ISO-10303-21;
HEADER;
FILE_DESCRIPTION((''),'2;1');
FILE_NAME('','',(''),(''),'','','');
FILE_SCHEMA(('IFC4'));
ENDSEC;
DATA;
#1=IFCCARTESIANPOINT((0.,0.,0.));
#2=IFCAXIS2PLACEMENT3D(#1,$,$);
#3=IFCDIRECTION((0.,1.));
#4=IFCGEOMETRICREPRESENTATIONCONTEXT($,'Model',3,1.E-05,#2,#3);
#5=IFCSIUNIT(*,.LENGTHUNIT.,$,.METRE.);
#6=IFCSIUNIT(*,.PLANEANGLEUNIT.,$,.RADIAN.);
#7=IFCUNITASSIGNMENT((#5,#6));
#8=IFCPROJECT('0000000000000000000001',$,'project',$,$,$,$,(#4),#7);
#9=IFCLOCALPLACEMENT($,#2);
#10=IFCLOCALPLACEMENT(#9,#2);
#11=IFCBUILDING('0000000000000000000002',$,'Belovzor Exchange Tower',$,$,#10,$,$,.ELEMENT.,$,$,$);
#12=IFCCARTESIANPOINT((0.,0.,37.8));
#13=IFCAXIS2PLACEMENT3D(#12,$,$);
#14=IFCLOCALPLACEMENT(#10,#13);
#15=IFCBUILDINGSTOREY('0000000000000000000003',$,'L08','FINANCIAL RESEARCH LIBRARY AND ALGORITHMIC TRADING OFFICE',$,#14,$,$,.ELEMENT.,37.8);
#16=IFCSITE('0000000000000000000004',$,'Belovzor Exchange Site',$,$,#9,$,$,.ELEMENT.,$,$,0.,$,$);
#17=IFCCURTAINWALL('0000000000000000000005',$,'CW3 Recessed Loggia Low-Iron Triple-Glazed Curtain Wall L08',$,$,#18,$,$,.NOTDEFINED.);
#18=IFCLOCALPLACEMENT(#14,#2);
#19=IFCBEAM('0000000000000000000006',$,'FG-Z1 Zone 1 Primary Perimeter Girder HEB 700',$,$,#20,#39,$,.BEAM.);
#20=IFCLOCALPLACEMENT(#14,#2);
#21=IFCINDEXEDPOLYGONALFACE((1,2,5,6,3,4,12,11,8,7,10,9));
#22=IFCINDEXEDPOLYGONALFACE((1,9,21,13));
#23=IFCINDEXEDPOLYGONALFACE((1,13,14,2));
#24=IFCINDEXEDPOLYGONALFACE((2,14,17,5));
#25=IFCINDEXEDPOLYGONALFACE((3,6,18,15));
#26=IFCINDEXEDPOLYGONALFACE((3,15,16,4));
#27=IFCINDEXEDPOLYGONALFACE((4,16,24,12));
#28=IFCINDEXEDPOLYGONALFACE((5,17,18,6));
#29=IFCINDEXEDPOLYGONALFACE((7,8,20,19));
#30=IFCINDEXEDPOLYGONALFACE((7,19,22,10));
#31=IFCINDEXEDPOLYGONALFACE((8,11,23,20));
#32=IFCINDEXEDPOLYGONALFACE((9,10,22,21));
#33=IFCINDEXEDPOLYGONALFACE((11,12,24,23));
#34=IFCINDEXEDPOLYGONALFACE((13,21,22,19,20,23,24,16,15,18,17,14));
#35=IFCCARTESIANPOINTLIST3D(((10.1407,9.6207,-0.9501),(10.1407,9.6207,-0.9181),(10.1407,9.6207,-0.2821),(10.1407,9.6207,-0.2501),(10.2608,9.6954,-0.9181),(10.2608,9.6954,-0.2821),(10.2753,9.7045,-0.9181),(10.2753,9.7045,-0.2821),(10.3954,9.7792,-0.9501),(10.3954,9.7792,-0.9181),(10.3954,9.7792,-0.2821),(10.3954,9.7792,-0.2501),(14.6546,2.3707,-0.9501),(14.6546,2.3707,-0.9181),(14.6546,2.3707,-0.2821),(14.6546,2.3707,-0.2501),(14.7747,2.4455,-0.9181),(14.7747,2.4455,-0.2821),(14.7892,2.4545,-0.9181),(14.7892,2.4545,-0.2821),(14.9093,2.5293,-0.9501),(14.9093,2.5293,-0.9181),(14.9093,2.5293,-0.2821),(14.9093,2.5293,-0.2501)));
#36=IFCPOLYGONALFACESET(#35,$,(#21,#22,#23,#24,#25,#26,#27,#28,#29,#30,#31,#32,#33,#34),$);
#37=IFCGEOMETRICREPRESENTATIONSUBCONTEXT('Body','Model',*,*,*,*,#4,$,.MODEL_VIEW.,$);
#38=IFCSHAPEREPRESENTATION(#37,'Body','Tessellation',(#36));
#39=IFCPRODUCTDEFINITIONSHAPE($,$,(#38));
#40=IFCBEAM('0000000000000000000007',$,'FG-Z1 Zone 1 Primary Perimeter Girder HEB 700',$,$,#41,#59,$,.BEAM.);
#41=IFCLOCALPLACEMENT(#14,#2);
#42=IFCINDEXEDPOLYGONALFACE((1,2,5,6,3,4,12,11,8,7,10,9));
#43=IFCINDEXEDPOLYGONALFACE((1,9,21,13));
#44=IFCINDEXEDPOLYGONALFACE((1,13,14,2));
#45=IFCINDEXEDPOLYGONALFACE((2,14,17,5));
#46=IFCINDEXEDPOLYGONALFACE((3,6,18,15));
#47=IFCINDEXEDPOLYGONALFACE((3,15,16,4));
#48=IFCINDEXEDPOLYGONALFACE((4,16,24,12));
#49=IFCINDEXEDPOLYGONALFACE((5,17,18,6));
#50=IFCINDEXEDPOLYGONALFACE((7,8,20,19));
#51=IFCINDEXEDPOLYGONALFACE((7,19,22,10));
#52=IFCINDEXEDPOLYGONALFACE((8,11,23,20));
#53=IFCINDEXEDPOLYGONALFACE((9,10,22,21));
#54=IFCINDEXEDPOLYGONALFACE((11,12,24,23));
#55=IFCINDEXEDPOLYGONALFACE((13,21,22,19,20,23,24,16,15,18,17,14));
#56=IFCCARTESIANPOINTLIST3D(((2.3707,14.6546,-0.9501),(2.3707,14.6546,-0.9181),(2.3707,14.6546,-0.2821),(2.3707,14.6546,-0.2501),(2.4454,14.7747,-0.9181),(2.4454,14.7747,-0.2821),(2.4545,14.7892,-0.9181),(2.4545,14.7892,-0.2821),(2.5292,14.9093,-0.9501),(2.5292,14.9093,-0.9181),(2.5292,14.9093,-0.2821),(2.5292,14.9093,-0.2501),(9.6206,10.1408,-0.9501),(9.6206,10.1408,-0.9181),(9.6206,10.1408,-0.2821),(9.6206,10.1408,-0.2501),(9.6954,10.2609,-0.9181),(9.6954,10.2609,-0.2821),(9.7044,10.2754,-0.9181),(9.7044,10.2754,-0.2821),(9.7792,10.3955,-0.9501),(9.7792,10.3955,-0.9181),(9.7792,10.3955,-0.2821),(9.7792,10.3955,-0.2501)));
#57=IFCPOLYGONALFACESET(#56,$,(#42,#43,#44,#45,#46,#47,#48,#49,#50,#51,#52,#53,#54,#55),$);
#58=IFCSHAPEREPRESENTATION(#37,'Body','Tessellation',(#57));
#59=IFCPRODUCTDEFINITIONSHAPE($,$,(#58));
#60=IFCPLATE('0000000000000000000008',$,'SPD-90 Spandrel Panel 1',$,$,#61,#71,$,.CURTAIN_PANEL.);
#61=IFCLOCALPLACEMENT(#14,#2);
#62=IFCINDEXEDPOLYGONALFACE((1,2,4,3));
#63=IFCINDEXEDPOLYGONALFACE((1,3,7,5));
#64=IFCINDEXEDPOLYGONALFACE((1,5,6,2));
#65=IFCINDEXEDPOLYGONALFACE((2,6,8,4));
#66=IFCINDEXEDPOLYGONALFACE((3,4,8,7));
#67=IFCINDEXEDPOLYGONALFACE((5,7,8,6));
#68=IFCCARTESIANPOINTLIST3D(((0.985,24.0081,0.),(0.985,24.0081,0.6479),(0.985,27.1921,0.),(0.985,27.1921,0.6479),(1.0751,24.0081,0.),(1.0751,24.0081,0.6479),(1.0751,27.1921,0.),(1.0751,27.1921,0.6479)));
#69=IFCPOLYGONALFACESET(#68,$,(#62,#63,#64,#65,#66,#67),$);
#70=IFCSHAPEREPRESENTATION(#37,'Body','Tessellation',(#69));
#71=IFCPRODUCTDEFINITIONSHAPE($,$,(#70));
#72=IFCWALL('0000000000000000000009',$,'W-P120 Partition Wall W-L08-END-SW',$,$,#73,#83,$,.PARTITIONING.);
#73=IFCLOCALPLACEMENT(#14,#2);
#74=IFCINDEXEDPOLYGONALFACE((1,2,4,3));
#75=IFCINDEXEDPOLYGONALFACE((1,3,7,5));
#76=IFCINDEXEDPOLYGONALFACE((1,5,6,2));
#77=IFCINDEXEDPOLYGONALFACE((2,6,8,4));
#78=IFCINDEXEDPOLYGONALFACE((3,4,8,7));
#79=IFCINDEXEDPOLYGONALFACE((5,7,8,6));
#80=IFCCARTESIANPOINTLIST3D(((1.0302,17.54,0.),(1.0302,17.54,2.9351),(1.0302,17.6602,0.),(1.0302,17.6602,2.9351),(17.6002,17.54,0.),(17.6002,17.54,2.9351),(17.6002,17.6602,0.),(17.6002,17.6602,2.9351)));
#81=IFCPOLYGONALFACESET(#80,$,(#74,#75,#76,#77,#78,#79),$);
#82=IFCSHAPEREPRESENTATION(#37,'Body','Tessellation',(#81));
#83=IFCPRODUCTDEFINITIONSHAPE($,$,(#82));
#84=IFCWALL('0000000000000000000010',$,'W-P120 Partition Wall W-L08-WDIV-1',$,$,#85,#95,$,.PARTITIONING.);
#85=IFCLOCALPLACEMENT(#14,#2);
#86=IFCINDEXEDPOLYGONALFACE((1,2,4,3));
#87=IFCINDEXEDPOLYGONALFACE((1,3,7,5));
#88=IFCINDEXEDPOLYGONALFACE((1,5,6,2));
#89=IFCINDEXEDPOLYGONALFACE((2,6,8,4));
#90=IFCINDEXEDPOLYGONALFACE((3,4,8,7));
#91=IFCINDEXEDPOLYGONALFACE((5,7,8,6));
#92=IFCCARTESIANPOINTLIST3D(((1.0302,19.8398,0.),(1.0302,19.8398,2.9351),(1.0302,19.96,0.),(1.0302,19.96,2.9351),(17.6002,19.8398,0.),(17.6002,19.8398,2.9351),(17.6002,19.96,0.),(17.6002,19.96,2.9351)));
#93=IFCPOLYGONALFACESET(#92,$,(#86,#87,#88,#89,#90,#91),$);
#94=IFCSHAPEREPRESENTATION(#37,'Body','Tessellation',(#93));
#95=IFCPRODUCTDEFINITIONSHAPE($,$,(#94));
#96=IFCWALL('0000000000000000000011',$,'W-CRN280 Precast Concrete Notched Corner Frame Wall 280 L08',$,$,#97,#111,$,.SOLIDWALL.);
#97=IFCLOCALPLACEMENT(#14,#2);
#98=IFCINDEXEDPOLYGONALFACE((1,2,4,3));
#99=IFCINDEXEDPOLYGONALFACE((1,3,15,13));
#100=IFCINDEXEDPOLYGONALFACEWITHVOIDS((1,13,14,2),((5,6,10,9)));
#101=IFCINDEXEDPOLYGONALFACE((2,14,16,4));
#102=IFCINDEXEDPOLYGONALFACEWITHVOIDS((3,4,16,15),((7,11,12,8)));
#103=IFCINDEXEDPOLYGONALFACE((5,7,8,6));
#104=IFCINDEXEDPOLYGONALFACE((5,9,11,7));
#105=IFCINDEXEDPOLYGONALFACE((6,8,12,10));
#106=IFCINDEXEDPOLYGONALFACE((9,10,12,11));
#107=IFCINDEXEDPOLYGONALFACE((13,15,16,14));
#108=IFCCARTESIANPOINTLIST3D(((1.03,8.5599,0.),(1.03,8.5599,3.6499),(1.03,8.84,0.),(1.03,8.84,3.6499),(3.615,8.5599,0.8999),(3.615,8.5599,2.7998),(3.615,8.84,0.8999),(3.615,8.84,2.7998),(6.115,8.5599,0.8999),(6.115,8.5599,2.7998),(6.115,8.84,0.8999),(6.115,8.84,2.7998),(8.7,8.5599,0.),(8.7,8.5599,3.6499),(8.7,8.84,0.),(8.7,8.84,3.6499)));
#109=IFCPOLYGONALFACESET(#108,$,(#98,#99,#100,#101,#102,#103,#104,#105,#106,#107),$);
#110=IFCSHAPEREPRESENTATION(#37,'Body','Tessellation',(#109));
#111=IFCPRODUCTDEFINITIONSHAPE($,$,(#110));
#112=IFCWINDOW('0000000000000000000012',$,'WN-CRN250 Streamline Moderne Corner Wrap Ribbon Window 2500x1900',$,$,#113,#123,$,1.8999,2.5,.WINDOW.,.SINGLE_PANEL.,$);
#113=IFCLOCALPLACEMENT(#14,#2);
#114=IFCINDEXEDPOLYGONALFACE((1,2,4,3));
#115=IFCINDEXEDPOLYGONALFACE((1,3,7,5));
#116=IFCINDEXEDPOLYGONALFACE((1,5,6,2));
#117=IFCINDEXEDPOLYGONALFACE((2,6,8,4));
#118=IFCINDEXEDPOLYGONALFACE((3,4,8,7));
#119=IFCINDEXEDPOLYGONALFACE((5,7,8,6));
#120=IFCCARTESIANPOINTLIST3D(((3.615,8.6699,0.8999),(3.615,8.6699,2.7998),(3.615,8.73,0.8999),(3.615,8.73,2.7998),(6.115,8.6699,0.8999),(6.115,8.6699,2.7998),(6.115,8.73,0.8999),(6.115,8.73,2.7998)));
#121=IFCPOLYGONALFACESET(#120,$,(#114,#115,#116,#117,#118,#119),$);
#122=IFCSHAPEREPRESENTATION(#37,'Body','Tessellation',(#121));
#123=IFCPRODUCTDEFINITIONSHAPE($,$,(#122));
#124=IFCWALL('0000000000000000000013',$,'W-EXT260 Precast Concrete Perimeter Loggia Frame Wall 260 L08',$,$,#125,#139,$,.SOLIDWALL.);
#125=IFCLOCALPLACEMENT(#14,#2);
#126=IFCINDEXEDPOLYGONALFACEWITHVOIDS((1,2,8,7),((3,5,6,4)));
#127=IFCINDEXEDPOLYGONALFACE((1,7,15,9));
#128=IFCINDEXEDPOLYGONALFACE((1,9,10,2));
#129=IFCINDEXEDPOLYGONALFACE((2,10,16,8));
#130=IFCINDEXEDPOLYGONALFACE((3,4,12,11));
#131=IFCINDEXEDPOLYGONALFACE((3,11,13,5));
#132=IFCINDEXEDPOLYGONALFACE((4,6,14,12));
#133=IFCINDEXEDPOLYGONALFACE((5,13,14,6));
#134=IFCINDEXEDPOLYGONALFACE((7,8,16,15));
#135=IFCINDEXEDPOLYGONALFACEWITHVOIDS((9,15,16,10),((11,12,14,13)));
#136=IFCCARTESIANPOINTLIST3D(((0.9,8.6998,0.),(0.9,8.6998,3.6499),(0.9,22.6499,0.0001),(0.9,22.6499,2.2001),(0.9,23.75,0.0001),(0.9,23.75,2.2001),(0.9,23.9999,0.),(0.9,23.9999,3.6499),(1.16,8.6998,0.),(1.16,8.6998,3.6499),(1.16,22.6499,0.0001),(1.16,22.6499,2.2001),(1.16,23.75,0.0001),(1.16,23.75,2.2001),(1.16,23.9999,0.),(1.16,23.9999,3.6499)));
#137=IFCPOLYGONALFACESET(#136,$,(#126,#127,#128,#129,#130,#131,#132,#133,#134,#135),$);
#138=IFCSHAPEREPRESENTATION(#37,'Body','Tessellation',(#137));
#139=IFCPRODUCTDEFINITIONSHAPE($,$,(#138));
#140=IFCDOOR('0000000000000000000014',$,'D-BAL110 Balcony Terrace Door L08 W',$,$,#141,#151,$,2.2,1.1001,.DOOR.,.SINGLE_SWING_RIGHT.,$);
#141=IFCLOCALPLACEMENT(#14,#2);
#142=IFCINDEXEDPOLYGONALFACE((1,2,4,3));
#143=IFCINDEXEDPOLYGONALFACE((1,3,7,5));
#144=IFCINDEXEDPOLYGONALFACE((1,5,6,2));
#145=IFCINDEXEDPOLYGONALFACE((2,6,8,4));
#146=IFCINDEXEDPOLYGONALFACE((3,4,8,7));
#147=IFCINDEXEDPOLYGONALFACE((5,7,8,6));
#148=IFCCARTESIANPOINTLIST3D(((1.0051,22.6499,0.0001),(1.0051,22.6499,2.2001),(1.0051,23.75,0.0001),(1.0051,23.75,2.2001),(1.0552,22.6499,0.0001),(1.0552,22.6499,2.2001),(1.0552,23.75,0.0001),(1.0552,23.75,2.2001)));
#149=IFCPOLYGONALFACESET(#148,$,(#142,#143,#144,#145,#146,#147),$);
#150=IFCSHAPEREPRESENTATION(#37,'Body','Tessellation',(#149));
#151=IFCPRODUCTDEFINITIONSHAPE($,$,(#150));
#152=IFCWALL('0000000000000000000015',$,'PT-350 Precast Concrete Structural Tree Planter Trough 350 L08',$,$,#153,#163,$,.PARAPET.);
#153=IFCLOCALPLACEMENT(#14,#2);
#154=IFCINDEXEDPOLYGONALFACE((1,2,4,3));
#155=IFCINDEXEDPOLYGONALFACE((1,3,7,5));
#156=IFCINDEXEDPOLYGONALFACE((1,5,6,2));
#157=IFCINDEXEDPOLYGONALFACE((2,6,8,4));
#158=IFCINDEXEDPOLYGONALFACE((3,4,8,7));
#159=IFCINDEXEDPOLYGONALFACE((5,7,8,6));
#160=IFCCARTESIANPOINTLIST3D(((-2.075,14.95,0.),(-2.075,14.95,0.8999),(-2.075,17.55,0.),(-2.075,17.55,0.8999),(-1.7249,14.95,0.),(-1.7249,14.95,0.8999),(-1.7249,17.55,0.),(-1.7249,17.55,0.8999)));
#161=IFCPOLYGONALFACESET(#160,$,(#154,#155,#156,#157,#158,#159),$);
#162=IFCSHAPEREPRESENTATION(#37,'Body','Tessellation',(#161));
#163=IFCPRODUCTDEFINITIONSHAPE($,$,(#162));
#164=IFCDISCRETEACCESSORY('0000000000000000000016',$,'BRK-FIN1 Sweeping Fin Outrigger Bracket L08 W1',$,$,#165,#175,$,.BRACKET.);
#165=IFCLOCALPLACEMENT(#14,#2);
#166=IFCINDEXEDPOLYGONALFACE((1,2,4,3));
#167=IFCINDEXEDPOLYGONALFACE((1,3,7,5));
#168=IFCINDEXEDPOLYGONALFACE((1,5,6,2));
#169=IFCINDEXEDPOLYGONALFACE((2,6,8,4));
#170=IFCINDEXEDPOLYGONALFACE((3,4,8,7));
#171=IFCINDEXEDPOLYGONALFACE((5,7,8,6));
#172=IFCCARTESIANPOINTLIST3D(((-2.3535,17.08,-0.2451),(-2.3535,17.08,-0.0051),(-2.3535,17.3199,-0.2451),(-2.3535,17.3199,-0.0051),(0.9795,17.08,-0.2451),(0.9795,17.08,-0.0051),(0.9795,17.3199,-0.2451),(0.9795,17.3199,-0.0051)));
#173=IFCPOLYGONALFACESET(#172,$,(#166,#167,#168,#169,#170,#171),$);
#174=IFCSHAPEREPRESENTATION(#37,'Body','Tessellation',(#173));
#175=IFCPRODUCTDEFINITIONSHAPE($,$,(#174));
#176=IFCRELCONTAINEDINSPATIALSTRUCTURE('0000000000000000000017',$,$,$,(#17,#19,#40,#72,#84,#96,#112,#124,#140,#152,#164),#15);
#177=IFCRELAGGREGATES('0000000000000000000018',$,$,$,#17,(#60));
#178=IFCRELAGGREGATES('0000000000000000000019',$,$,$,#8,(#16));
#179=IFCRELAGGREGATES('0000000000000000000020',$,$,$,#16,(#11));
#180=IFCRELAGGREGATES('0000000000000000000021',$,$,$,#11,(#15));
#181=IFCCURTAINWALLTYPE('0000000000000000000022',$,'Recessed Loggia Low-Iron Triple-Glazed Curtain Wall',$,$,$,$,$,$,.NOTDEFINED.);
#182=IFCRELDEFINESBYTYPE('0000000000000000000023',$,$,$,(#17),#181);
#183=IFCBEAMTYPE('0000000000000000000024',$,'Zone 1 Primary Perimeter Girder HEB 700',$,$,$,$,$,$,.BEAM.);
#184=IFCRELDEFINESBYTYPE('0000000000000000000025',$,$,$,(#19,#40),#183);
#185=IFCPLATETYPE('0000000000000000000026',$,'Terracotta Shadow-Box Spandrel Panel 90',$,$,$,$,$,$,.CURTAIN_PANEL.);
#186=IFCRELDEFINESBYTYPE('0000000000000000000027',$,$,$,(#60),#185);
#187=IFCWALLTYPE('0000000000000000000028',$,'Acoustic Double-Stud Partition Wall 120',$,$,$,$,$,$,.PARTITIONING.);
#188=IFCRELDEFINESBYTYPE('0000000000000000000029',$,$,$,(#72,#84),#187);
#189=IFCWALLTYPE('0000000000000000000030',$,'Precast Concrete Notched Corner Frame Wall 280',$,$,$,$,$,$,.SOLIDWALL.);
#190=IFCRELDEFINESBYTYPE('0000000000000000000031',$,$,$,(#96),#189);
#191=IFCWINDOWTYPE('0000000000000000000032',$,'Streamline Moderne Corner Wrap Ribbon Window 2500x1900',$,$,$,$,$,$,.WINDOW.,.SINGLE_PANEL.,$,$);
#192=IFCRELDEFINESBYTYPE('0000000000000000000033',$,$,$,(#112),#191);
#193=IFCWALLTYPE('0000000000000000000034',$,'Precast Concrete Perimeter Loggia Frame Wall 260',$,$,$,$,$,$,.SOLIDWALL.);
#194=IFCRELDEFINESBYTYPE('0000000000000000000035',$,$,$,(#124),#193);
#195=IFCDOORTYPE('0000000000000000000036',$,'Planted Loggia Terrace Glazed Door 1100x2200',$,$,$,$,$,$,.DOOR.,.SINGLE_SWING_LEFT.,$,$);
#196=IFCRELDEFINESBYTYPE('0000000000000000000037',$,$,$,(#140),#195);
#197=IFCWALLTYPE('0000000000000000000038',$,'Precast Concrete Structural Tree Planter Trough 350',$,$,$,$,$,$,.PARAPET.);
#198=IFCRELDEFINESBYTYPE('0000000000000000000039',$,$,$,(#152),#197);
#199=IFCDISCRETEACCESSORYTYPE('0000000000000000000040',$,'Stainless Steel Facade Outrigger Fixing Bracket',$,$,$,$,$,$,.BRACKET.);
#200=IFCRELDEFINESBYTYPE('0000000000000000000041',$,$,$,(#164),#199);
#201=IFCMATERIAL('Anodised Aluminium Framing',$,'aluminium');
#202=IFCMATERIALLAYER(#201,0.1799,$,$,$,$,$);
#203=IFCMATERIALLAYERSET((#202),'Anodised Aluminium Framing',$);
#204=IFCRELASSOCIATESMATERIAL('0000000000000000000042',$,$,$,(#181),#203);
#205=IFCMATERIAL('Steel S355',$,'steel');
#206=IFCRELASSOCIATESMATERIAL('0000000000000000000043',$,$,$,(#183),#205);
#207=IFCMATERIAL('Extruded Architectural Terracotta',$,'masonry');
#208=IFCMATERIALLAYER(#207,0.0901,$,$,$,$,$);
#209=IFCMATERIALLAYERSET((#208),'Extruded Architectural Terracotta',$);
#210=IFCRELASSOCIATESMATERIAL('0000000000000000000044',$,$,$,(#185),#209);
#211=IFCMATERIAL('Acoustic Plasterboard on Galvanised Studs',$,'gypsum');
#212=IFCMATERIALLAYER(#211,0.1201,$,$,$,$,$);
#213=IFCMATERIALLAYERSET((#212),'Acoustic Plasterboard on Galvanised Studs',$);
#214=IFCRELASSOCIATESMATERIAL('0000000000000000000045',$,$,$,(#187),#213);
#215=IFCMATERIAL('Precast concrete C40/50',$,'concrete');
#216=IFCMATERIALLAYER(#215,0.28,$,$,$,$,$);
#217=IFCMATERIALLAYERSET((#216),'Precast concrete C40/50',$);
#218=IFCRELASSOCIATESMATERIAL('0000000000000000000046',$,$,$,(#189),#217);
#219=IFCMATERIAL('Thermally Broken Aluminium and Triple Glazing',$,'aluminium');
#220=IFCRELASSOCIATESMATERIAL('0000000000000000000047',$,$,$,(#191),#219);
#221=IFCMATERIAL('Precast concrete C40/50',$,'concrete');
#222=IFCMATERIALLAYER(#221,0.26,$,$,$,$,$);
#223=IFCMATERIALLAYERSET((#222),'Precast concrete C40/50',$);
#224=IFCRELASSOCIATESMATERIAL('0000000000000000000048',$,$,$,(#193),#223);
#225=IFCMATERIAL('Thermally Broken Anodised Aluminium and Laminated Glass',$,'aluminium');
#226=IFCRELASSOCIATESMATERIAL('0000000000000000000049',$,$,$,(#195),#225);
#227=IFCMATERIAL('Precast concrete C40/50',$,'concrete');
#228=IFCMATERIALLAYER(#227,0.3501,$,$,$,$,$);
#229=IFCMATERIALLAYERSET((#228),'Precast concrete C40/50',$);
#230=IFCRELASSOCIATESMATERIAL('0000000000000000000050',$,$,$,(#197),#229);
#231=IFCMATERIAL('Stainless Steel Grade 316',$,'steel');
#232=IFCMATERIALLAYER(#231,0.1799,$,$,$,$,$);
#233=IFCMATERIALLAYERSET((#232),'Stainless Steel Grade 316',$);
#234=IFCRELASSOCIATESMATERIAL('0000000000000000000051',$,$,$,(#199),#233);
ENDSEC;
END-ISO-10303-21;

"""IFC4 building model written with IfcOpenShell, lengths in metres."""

from ifc_helpers import new_model, si_unit, direction, frame, frame_2d, origin, origin_2d, place, context, subcontext, project, spatial, rectangle, i_section, extrude, material, layer, layer_set, material_profile, profile_set, type_object, element, fill, aggregate, save


model = new_model("IFC4")

# Units and contexts
model_context = context("Model", 3, precision=1e-05, world=origin(), true_north=direction((0.0, 1.0)))
body_context = subcontext(model_context, "Body", "Model", "MODEL_VIEW")
ifc_project = project(units=[si_unit("LENGTHUNIT", "METRE"), si_unit("PLANEANGLEUNIT", "RADIAN")], contexts=[model_context])

# Site, building, storey
site_placement = place(None, origin())
site = spatial("IfcSite", under=ifc_project, at=site_placement, Name="Belovzor Exchange Site", CompositionType="ELEMENT", RefElevation=0.0)
building_placement = place(site_placement, origin())
building = spatial("IfcBuilding", under=site, at=building_placement, Name="Belovzor Exchange Tower", CompositionType="ELEMENT")
storey_placement = place(building_placement, frame((0.0, 0.0, 37.8)))
storey = spatial("IfcBuildingStorey", under=building, at=storey_placement, Name="L08", Description="FINANCIAL RESEARCH LIBRARY AND ALGORITHMIC TRADING OFFICE", CompositionType="ELEMENT", Elevation=37.8)

# Curtain wall
ifc_material_1 = material(Name="Anodised Aluminium Framing", Category="aluminium")
ifc_layer_1 = layer(ifc_material_1, 0.1799)
ifc_layer_set_1 = layer_set([ifc_layer_1], Name="Anodised Aluminium Framing")
curtain_wall_type = type_object("IfcCurtainWallType", Name="Recessed Loggia Low-Iron Triple-Glazed Curtain Wall", PredefinedType="NOTDEFINED", material=ifc_layer_set_1)
curtain_wall_placement = place(storey_placement, origin())
curtain_wall = element("IfcCurtainWall", 1, at=curtain_wall_placement, inside=storey, type_object=curtain_wall_type, Name="CW3 Recessed Loggia Low-Iron Triple-Glazed Curtain Wall L08", PredefinedType="NOTDEFINED")

# Beams
ifc_material_2 = material(Name="Steel S355", Category="steel")
ifc_material_profile_1 = material_profile(ifc_material_2, i_section(OverallWidth=0.3, OverallDepth=0.7, WebThickness=0.0171, FlangeThickness=0.032, at=origin_2d()))
ifc_profile_set_1 = profile_set([ifc_material_profile_1], Name="Steel S355")
beam_type_1 = type_object("IfcBeamType", Name="Zone 1 Primary Perimeter Girder HEB 700", PredefinedType="BEAM", material=ifc_profile_set_1)
for number, where, z_axis, x_axis, name in (
    (2, (10.2681, 9.7, -0.6001), (0.528539, -0.848909, 0.0), (0.848909, 0.528539, 0.0), "FG-Z1 Zone 1 Primary Perimeter Girder HEB 700"),
    (3, (2.45, 14.782, -0.6001), (0.848909, -0.528539, 0.0), (0.528539, 0.848909, 0.0), "FG-Z1 Zone 1 Primary Perimeter Girder HEB 700"),
):
    element("IfcBeam", number, at=place(storey_placement, frame(where, z_axis=z_axis, x_axis=x_axis)), inside=storey, type_object=beam_type_1, Name=name, PredefinedType="BEAM", context=body_context, shape_type="SweptSolid", body=[
        extrude(i_section(OverallWidth=0.3, OverallDepth=0.7, WebThickness=0.0171, FlangeThickness=0.032, at=origin_2d()), origin(), (0.0, 0.0, 1.0), 8.5403),
    ])

# Plate
ifc_material_3 = material(Name="Extruded Architectural Terracotta", Category="masonry")
ifc_layer_2 = layer(ifc_material_3, 0.0901)
ifc_layer_set_2 = layer_set([ifc_layer_2], Name="Extruded Architectural Terracotta")
plate_type = type_object("IfcPlateType", Name="Terracotta Shadow-Box Spandrel Panel 90", PredefinedType="CURTAIN_PANEL", material=ifc_layer_set_2)
plate_placement = place(storey_placement, frame((1.03, 25.6001, 0.0), z_axis=(0.0, 0.0, 1.0), x_axis=(0.0, 1.0, 0.0)))
plate = element("IfcPlate", 4, at=plate_placement, type_object=plate_type, Name="SPD-90 Spandrel Panel 1", PredefinedType="CURTAIN_PANEL", context=body_context, shape_type="SweptSolid", body=[
    extrude(rectangle(XDim=3.1841, YDim=0.0901, at=origin_2d()), origin(), (0.0, 0.0, 1.0), 0.6479),
])
aggregate(curtain_wall, [plate])

# Walls
ifc_material_4 = material(Name="Acoustic Plasterboard on Galvanised Studs", Category="gypsum")
ifc_layer_3 = layer(ifc_material_4, 0.1201)
ifc_layer_set_3 = layer_set([ifc_layer_3], Name="Acoustic Plasterboard on Galvanised Studs")
wall_type_1 = type_object("IfcWallType", Name="Acoustic Double-Stud Partition Wall 120", PredefinedType="PARTITIONING", material=ifc_layer_set_3)
for number, where, z_axis, x_axis, name in (
    (5, (1.03, 17.6001, 0.0), (0.0, 0.0, 1.0), (1.0, 0.0, 0.0), "W-P120 Partition Wall W-L08-END-SW"),
    (6, (1.03, 19.8999, 0.0), (0.0, 0.0, 1.0), (1.0, 0.0, 0.0), "W-P120 Partition Wall W-L08-WDIV-1"),
):
    element("IfcWall", number, at=place(storey_placement, frame(where, z_axis=z_axis, x_axis=x_axis)), inside=storey, type_object=wall_type_1, Name=name, PredefinedType="PARTITIONING", context=body_context, shape_type="SweptSolid", body=[
        extrude(rectangle(XDim=16.5701, YDim=0.1201, at=frame_2d((8.2852, 0.0))), origin(), (0.0, 0.0, 1.0), 2.9351),
    ])

# Wall, opening, window
ifc_material_5 = material(Name="Precast concrete C40/50", Category="concrete")
ifc_layer_4 = layer(ifc_material_5, 0.28)
ifc_layer_set_4 = layer_set([ifc_layer_4], Name="Precast concrete C40/50")
wall_type_2 = type_object("IfcWallType", Name="Precast Concrete Notched Corner Frame Wall 280", PredefinedType="SOLIDWALL", material=ifc_layer_set_4)
wall_1_placement = place(storey_placement, frame((8.7, 8.7, 0.0), z_axis=(0.0, 0.0, 1.0), x_axis=(-1.0, 0.0, 0.0)))
wall_1 = element("IfcWall", 7, at=wall_1_placement, inside=storey, type_object=wall_type_2, Name="W-CRN280 Precast Concrete Notched Corner Frame Wall 280 L08", PredefinedType="SOLIDWALL", context=body_context, shape_type="SweptSolid", body=[
    extrude(rectangle(XDim=7.6699, YDim=0.28, at=frame_2d((3.835, 0.0))), origin(), (0.0, 0.0, 1.0), 3.6499),
])
opening_1_placement = place(wall_1_placement, frame((2.585, 0.0, 0.8999)))
opening_1 = element("IfcOpeningElement", 8, at=opening_1_placement, cuts=wall_1, PredefinedType="OPENING", context=body_context, shape_type="SweptSolid", body=[
    extrude(rectangle(XDim=2.5, YDim=1.8999, at=frame_2d((1.25, 0.95))), frame((0.0, 0.1499, 0.0), z_axis=(0.0, -1.0, 0.0), x_axis=(1.0, 0.0, 0.0)), (0.0, 0.0, 1.0), 0.3),
])
ifc_material_6 = material(Name="Thermally Broken Aluminium and Triple Glazing", Category="aluminium")
window_type = type_object("IfcWindowType", Name="Streamline Moderne Corner Wrap Ribbon Window 2500x1900", PartitioningType="SINGLE_PANEL", PredefinedType="WINDOW", material=ifc_material_6)
window_placement = place(opening_1_placement, origin())
window = element("IfcWindow", 9, at=window_placement, inside=storey, type_object=window_type, Name="WN-CRN250 Streamline Moderne Corner Wrap Ribbon Window 2500x1900", OverallHeight=1.8999, OverallWidth=2.5, PartitioningType="SINGLE_PANEL", PredefinedType="WINDOW", context=body_context, shape_type="SweptSolid", body=[
    extrude(rectangle(XDim=2.5, YDim=1.8999, at=frame_2d((1.25, 0.95))), frame((0.0, 0.03, 0.0), z_axis=(0.0, -1.0, 0.0), x_axis=(1.0, 0.0, 0.0)), (0.0, 0.0, 1.0), 0.0601),
])
fill(opening_1, window)

# Wall, opening, door
ifc_material_7 = material(Name="Precast concrete C40/50", Category="concrete")
ifc_layer_5 = layer(ifc_material_7, 0.26)
ifc_layer_set_5 = layer_set([ifc_layer_5], Name="Precast concrete C40/50")
wall_type_3 = type_object("IfcWallType", Name="Precast Concrete Perimeter Loggia Frame Wall 260", PredefinedType="SOLIDWALL", material=ifc_layer_set_5)
wall_2_placement = place(storey_placement, frame((1.03, 8.7, 0.0), z_axis=(0.0, 0.0, 1.0), x_axis=(0.0, 1.0, 0.0)))
wall_2 = element("IfcWall", 10, at=wall_2_placement, inside=storey, type_object=wall_type_3, Name="W-EXT260 Precast Concrete Perimeter Loggia Frame Wall 260 L08", PredefinedType="SOLIDWALL", context=body_context, shape_type="SweptSolid", body=[
    extrude(rectangle(XDim=15.3, YDim=0.26, at=frame_2d((7.6499, 0.0))), origin(), (0.0, 0.0, 1.0), 3.6499),
])
opening_2_placement = place(wall_2_placement, frame((13.95, 0.0, 0.0)))
opening_2 = element("IfcOpeningElement", 11, at=opening_2_placement, cuts=wall_2, PredefinedType="OPENING", context=body_context, shape_type="SweptSolid", body=[
    extrude(rectangle(XDim=1.1001, YDim=2.2, at=frame_2d((0.55, 1.1001))), frame((0.0, 0.1399, 0.0), z_axis=(0.0, -1.0, 0.0), x_axis=(1.0, 0.0, 0.0)), (0.0, 0.0, 1.0), 0.28),
])
ifc_material_8 = material(Name="Thermally Broken Anodised Aluminium and Laminated Glass", Category="aluminium")
door_type = type_object("IfcDoorType", Name="Planted Loggia Terrace Glazed Door 1100x2200", OperationType="SINGLE_SWING_LEFT", PredefinedType="DOOR", material=ifc_material_8)
door_placement = place(opening_2_placement, origin())
door = element("IfcDoor", 12, at=door_placement, inside=storey, type_object=door_type, Name="D-BAL110 Balcony Terrace Door L08 W", OperationType="SINGLE_SWING_RIGHT", OverallHeight=2.2, OverallWidth=1.1001, PredefinedType="DOOR", context=body_context, shape_type="SweptSolid", body=[
    extrude(rectangle(XDim=1.1001, YDim=2.2, at=frame_2d((0.55, 1.1001))), frame((0.0, 0.0249, 0.0), z_axis=(0.0, -1.0, 0.0), x_axis=(1.0, 0.0, 0.0)), (0.0, 0.0, 1.0), 0.05),
])
fill(opening_2, door)

# Wall
ifc_material_9 = material(Name="Precast concrete C40/50", Category="concrete")
ifc_layer_6 = layer(ifc_material_9, 0.3501)
ifc_layer_set_6 = layer_set([ifc_layer_6], Name="Precast concrete C40/50")
wall_type_4 = type_object("IfcWallType", Name="Precast Concrete Structural Tree Planter Trough 350", PredefinedType="PARAPET", material=ifc_layer_set_6)
wall_3_placement = place(storey_placement, frame((-1.8999, 14.95, 0.0), z_axis=(0.0, 0.0, 1.0), x_axis=(0.0, 1.0, 0.0)))
element("IfcWall", 13, at=wall_3_placement, inside=storey, type_object=wall_type_4, Name="PT-350 Precast Concrete Structural Tree Planter Trough 350 L08", PredefinedType="PARAPET", context=body_context, shape_type="SweptSolid", body=[
    extrude(rectangle(XDim=2.6001, YDim=0.3501, at=frame_2d((1.3, 0.0))), origin(), (0.0, 0.0, 1.0), 0.8999),
])

# Discrete accessory
ifc_material_10 = material(Name="Stainless Steel Grade 316", Category="steel")
ifc_layer_7 = layer(ifc_material_10, 0.1799)
ifc_layer_set_7 = layer_set([ifc_layer_7], Name="Stainless Steel Grade 316")
discrete_accessory_type = type_object("IfcDiscreteAccessoryType", Name="Stainless Steel Facade Outrigger Fixing Bracket", PredefinedType="BRACKET", material=ifc_layer_set_7)
for number, where, z_axis, x_axis, name in (
    (14, (-0.687, 17.2, -0.2451), (0.0, 0.0, 1.0), (1.0, 0.0, 0.0), "BRK-FIN1 Sweeping Fin Outrigger Bracket L08 W1"),
):
    element("IfcDiscreteAccessory", number, at=place(storey_placement, frame(where, z_axis=z_axis, x_axis=x_axis)), inside=storey, type_object=discrete_accessory_type, Name=name, PredefinedType="BRACKET", context=body_context, shape_type="SweptSolid", body=[
        extrude(rectangle(XDim=3.333, YDim=0.24, at=origin_2d()), origin(), (0.0, 0.0, 1.0), 0.24),
    ])

save(model, "model.ifc")
